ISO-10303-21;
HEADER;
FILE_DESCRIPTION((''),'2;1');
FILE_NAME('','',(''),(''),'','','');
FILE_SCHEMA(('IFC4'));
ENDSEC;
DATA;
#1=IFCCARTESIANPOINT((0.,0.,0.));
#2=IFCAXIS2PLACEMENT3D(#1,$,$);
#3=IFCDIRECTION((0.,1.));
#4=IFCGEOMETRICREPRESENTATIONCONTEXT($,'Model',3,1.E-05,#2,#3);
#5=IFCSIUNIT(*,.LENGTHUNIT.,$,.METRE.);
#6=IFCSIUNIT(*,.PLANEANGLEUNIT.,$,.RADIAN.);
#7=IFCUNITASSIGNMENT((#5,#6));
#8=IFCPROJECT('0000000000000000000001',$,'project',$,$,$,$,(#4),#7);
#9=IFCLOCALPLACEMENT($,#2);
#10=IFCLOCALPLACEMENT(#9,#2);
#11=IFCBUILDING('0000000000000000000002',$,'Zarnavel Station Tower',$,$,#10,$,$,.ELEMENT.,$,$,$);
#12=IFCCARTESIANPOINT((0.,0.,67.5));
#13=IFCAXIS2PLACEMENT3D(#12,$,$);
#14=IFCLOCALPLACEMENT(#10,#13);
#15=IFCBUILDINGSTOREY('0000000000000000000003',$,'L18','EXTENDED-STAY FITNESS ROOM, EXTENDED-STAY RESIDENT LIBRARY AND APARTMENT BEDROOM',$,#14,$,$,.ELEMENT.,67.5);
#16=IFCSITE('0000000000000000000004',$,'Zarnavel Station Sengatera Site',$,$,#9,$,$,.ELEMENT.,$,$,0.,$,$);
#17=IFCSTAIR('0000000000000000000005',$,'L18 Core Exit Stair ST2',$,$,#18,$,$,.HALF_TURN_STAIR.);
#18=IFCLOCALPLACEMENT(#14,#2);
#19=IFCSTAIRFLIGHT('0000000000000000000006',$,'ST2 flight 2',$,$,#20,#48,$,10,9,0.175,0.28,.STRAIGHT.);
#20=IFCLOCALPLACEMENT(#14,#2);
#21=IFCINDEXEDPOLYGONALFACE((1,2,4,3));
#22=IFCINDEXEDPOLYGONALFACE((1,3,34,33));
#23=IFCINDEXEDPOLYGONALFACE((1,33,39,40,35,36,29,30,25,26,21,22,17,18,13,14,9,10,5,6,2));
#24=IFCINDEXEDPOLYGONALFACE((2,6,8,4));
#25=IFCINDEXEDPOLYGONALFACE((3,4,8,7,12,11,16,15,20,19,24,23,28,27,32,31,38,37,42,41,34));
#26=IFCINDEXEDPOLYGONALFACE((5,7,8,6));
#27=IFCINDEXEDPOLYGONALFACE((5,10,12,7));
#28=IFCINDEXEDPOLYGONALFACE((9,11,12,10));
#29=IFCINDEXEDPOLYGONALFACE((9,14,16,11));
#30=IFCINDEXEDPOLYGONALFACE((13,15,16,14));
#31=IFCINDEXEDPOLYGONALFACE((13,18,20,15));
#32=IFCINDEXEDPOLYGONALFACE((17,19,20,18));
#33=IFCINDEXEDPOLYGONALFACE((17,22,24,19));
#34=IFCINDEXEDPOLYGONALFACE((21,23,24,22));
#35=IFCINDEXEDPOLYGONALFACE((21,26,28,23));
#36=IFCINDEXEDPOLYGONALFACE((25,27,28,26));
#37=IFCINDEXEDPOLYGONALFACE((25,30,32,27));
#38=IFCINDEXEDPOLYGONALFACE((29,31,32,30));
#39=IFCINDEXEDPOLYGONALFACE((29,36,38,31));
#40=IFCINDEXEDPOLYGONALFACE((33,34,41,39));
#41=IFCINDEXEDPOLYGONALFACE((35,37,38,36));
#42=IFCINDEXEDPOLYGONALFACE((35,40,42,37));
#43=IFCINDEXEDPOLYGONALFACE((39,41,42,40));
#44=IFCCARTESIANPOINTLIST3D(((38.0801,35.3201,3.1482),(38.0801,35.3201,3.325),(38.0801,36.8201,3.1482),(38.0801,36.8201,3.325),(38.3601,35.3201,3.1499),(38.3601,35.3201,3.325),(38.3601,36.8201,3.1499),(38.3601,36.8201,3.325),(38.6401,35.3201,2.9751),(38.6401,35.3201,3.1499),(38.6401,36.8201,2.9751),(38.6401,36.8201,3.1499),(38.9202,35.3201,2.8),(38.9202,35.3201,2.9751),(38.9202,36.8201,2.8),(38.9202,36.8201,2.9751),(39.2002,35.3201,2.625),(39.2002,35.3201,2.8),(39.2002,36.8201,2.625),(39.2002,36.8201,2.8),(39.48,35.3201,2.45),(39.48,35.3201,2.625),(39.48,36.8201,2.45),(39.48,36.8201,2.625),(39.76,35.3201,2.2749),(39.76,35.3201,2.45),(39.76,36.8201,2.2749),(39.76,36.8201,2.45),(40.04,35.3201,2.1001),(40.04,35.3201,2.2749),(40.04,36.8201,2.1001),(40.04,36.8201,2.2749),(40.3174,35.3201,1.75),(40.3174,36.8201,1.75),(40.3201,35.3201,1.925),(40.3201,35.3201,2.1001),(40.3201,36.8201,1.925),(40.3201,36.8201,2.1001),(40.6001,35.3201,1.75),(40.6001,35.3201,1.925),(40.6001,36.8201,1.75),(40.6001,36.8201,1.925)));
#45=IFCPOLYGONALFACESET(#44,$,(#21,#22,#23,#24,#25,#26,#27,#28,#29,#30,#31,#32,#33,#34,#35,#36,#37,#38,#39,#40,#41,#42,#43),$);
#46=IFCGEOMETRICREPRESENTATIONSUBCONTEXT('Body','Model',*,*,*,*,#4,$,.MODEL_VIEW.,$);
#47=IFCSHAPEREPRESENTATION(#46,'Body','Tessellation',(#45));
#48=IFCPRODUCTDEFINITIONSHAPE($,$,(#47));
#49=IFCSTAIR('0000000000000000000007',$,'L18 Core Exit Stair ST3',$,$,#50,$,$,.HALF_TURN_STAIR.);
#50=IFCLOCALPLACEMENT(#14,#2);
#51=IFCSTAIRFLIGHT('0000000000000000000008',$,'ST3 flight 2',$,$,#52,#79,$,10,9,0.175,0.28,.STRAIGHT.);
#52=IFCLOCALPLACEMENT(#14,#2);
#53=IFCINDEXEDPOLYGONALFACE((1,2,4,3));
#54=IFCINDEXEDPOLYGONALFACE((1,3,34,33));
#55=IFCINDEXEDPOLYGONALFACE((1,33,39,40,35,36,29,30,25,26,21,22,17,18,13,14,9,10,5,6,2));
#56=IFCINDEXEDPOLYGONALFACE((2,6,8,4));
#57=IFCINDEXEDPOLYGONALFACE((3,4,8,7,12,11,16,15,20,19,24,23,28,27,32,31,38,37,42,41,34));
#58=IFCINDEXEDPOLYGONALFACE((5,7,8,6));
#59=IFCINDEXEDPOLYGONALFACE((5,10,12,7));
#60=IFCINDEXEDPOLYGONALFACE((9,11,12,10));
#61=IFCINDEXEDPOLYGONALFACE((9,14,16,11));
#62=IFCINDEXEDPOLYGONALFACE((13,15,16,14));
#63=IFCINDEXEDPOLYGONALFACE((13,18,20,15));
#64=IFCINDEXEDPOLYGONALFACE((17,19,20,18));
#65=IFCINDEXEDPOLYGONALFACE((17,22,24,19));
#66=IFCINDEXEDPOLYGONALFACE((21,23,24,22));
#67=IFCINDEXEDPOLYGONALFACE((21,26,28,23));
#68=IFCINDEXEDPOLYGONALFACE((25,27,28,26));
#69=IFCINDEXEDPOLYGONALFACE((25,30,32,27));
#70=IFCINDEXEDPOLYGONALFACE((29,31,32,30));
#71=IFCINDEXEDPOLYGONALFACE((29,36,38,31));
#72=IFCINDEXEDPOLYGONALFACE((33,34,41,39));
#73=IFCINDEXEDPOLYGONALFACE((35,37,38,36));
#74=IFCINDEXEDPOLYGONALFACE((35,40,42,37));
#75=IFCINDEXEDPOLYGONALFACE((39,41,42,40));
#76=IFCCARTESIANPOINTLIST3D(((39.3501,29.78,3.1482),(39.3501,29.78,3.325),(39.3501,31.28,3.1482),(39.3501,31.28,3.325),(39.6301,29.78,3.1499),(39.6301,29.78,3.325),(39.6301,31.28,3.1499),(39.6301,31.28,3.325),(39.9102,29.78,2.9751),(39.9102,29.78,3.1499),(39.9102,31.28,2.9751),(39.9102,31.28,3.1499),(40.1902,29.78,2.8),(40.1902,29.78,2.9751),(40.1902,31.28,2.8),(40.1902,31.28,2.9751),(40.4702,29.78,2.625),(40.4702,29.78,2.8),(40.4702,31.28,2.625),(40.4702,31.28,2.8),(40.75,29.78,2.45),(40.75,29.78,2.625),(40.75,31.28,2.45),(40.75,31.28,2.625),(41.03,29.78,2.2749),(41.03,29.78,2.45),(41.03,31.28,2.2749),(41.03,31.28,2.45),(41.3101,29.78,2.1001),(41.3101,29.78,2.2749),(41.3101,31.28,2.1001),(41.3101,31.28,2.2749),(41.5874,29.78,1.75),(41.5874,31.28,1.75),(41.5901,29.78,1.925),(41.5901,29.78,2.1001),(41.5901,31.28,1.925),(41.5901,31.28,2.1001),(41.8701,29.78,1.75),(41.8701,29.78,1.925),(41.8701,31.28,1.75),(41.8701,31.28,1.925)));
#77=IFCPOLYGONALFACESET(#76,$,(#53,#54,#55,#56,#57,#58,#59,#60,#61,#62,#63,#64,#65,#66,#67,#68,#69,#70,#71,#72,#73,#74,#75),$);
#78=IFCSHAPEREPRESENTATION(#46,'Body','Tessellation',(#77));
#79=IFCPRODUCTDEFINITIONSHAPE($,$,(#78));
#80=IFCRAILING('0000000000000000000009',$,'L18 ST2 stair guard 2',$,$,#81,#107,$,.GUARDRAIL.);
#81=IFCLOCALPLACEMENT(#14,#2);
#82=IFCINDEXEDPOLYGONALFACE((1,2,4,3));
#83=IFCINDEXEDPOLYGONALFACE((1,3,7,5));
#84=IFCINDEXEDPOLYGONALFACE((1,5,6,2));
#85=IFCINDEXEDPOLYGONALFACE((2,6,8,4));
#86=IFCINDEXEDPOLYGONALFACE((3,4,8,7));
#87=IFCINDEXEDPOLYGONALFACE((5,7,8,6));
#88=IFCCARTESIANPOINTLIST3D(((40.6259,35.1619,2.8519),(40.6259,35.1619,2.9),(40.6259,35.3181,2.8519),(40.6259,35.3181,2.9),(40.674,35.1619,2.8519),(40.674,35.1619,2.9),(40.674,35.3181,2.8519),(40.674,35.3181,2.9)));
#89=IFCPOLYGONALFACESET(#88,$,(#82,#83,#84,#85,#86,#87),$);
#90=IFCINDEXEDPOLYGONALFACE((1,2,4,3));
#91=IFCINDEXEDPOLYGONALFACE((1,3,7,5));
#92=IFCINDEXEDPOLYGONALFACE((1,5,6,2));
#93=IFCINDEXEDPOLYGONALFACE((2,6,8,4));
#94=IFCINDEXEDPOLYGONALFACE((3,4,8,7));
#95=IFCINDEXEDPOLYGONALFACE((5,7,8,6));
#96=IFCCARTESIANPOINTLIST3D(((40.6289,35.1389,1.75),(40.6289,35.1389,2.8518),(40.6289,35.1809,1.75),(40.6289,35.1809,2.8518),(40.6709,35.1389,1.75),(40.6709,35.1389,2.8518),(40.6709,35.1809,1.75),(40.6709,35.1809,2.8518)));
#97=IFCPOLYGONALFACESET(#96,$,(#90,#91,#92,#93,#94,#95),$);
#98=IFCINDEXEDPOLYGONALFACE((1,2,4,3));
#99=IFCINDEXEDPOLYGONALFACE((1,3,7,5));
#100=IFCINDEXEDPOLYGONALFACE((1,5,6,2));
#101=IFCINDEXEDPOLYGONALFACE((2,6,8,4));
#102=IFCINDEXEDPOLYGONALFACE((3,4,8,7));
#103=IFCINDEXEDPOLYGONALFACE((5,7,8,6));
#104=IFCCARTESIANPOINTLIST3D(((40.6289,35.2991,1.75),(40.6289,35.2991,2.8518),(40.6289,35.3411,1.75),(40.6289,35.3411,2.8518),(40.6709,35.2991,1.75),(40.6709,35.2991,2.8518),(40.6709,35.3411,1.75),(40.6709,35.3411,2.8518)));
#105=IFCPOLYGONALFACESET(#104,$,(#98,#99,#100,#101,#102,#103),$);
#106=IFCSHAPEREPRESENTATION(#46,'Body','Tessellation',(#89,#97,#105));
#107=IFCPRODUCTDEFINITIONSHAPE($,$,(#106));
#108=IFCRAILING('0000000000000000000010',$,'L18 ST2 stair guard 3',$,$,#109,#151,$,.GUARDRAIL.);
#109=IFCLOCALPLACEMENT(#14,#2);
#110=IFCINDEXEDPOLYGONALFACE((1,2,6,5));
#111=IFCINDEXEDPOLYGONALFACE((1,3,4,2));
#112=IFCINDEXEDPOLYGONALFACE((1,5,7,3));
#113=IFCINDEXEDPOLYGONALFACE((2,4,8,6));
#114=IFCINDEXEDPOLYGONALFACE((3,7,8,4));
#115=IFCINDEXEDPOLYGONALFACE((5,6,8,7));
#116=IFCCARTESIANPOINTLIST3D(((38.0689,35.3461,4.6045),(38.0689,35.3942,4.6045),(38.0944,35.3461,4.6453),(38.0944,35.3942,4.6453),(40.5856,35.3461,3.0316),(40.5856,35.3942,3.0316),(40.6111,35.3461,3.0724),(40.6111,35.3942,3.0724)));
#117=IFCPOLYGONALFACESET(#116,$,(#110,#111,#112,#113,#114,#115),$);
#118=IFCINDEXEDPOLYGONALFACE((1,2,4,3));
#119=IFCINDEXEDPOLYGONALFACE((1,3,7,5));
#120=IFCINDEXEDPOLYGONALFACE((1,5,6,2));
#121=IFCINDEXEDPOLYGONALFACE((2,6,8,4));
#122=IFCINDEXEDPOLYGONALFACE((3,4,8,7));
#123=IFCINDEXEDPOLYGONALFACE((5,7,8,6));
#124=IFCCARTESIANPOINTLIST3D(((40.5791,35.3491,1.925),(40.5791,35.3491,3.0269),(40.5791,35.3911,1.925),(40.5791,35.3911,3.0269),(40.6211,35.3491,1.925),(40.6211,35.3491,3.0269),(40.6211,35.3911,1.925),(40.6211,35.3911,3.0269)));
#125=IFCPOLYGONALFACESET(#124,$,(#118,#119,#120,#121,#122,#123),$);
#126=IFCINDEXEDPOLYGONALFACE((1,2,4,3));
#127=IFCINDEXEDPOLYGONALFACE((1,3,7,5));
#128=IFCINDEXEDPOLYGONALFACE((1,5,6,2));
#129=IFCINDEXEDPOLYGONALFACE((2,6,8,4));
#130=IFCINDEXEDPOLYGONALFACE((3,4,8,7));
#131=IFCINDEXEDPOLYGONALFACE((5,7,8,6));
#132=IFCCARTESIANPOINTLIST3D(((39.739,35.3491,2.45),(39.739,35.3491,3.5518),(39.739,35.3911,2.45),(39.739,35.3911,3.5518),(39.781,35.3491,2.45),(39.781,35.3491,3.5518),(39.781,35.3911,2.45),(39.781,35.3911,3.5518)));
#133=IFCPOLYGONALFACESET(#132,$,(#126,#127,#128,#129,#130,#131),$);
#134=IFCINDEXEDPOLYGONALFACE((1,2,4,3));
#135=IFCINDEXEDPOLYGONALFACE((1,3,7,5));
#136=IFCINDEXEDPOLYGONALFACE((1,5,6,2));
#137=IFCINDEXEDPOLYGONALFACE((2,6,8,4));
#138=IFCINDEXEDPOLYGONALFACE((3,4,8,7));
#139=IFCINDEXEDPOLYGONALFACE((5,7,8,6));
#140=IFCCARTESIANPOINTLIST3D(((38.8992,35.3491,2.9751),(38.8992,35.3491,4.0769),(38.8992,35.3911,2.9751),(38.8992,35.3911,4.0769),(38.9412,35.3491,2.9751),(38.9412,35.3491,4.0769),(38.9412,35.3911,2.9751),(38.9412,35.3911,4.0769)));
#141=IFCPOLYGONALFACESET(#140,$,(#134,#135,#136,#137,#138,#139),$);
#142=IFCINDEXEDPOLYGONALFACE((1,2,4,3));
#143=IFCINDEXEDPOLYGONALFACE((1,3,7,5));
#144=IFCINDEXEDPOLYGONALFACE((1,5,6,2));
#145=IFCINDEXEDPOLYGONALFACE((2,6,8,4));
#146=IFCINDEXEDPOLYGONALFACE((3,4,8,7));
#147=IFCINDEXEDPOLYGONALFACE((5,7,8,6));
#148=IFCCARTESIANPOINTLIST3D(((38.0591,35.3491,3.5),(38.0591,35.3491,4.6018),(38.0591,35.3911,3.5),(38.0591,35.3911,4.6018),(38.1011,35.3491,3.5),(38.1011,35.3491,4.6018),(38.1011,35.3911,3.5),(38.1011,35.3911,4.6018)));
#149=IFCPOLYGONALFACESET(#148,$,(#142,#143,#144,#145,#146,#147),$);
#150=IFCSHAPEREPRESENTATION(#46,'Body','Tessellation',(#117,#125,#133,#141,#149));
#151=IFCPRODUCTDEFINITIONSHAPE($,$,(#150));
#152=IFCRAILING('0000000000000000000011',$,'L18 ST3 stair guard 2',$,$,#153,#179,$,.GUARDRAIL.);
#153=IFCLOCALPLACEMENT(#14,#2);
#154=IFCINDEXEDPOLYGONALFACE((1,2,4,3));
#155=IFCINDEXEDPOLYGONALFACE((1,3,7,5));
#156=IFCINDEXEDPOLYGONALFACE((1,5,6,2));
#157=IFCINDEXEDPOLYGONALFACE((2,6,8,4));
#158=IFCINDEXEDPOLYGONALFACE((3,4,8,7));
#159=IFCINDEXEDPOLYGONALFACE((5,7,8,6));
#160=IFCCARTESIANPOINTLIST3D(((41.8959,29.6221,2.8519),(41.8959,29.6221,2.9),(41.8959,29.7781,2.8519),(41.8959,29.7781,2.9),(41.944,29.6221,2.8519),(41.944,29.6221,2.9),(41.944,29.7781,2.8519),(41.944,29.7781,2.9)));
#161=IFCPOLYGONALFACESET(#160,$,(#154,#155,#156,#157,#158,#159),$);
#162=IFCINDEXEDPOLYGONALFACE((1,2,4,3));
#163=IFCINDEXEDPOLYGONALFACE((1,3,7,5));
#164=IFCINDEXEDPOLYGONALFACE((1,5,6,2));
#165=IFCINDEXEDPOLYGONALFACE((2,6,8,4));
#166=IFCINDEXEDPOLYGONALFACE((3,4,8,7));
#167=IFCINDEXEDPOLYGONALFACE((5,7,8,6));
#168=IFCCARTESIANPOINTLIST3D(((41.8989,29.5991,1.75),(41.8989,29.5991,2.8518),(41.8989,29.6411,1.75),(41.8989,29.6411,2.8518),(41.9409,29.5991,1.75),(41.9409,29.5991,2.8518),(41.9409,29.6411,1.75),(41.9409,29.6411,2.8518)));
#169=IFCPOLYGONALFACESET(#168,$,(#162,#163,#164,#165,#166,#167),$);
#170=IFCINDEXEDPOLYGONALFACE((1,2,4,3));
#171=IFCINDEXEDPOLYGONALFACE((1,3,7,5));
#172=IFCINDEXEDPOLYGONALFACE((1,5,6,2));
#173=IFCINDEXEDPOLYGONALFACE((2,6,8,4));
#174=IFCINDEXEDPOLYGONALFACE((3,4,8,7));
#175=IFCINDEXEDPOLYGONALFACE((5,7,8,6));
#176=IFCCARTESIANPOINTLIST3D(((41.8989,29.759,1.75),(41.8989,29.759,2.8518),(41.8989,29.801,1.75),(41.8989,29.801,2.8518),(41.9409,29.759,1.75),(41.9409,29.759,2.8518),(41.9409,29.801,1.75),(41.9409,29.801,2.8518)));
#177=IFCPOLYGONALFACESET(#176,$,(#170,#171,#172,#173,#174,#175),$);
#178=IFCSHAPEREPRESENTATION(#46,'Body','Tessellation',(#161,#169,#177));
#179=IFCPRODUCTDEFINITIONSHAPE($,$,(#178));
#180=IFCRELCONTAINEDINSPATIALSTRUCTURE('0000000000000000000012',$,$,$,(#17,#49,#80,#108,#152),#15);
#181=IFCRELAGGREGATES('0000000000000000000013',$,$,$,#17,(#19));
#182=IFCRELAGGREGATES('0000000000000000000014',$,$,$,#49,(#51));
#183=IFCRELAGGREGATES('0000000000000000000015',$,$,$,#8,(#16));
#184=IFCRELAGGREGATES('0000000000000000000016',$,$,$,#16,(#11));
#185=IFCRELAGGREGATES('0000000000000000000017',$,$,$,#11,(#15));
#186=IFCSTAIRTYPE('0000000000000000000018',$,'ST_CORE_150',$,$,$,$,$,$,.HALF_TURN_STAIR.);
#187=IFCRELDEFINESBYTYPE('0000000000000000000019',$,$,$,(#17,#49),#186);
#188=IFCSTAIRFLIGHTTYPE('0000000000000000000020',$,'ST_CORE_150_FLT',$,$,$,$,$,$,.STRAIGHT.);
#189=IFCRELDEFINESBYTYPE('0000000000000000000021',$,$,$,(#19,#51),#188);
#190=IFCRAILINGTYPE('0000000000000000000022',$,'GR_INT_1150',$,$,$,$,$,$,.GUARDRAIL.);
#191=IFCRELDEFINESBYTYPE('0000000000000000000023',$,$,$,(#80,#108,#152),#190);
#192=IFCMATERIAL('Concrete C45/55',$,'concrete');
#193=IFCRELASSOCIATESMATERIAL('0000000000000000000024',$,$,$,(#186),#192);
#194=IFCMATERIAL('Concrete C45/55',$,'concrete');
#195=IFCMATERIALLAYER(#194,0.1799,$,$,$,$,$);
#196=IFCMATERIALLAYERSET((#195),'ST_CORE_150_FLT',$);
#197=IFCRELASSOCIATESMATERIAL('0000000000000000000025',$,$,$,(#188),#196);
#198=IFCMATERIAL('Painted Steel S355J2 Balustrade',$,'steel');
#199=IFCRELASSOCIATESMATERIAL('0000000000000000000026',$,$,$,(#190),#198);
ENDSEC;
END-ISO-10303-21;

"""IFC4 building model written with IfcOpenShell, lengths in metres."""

from ifc_helpers import new_model, si_unit, direction, frame, origin, origin_2d, place, context, subcontext, project, spatial, polyline, rectangle, outline, extrude, material, layer, layer_set, type_object, element, aggregate, save


model = new_model("IFC4")

# Units and contexts
model_context = context("Model", 3, precision=1e-05, world=origin(), true_north=direction((0.0, 1.0)))
body_context = subcontext(model_context, "Body", "Model", "MODEL_VIEW")
ifc_project = project(units=[si_unit("LENGTHUNIT", "METRE"), si_unit("PLANEANGLEUNIT", "RADIAN")], contexts=[model_context])

# Site, building, storey
site_placement = place(None, origin())
site = spatial("IfcSite", under=ifc_project, at=site_placement, Name="Zarnavel Station Sengatera Site", CompositionType="ELEMENT", RefElevation=0.0)
building_placement = place(site_placement, origin())
building = spatial("IfcBuilding", under=site, at=building_placement, Name="Zarnavel Station Tower", CompositionType="ELEMENT")
storey_placement = place(building_placement, frame((0.0, 0.0, 67.5)))
storey = spatial("IfcBuildingStorey", under=building, at=storey_placement, Name="L18", Description="EXTENDED-STAY FITNESS ROOM, EXTENDED-STAY RESIDENT LIBRARY AND APARTMENT BEDROOM", CompositionType="ELEMENT", Elevation=67.5)

# Stairs, stair flights
ifc_material_1 = material(Name="Concrete C45/55", Category="concrete")
stair_type = type_object("IfcStairType", Name="ST_CORE_150", PredefinedType="HALF_TURN_STAIR", material=ifc_material_1)
stair_1_placement = place(storey_placement, origin())
stair_1 = element("IfcStair", 1, at=stair_1_placement, inside=storey, type_object=stair_type, Name="L18 Core Exit Stair ST2", PredefinedType="HALF_TURN_STAIR")
ifc_material_2 = material(Name="Concrete C45/55", Category="concrete")
ifc_layer_1 = layer(ifc_material_2, 0.1799)
ifc_layer_set_1 = layer_set([ifc_layer_1], Name="ST_CORE_150_FLT")
stair_flight_type = type_object("IfcStairFlightType", Name="ST_CORE_150_FLT", PredefinedType="STRAIGHT", material=ifc_layer_set_1)
stair_flight_1_placement = place(storey_placement, frame((40.6001, 36.0701, 1.75), z_axis=(0.0, 0.0, 1.0), x_axis=(-1.0, 0.0, 0.0)))
stair_flight_1 = element("IfcStairFlight", 2, at=stair_flight_1_placement, type_object=stair_flight_type, Name="ST2 flight 2", NumberOfRisers=10, NumberOfTreads=9, PredefinedType="STRAIGHT", RiserHeight=0.175, TreadLength=0.28, context=body_context, shape_type="SweptSolid", body=[
    extrude(outline(polyline([(0.0, 0.0), (0.0, 0.175), (0.28, 0.175), (0.28, 0.3501), (0.5601, 0.3501), (0.5601, 0.5249), (0.8401, 0.5249), (0.8401, 0.7), (1.1201, 0.7), (1.1201, 0.875), (1.3999, 0.875), (1.3999, 1.05), (1.6799, 1.05), (1.6799, 1.2251), (1.96, 1.2251), (1.96, 1.3999), (2.24, 1.3999), (2.24, 1.575), (2.52, 1.575), (2.52, 1.75), (2.52, 1.3982), (0.2827, 0.0), (0.0, 0.0)])), frame((0.0, 0.75, 0.0), z_axis=(0.0, -1.0, 0.0), x_axis=(1.0, 0.0, 0.0)), (0.0, 0.0, 1.0), 1.5),
])
aggregate(stair_1, [stair_flight_1])
stair_2_placement = place(storey_placement, origin())
stair_2 = element("IfcStair", 3, at=stair_2_placement, inside=storey, type_object=stair_type, Name="L18 Core Exit Stair ST3", PredefinedType="HALF_TURN_STAIR")
stair_flight_2_placement = place(storey_placement, frame((41.8701, 30.53, 1.75), z_axis=(0.0, 0.0, 1.0), x_axis=(-1.0, 0.0, 0.0)))
stair_flight_2 = element("IfcStairFlight", 4, at=stair_flight_2_placement, type_object=stair_flight_type, Name="ST3 flight 2", NumberOfRisers=10, NumberOfTreads=9, PredefinedType="STRAIGHT", RiserHeight=0.175, TreadLength=0.28, context=body_context, shape_type="SweptSolid", body=[
    extrude(outline(polyline([(0.0, 0.0), (0.0, 0.175), (0.28, 0.175), (0.28, 0.3501), (0.5601, 0.3501), (0.5601, 0.5249), (0.8401, 0.5249), (0.8401, 0.7), (1.1201, 0.7), (1.1201, 0.875), (1.3999, 0.875), (1.3999, 1.05), (1.6799, 1.05), (1.6799, 1.2251), (1.96, 1.2251), (1.96, 1.3999), (2.24, 1.3999), (2.24, 1.575), (2.52, 1.575), (2.52, 1.75), (2.52, 1.3982), (0.2827, 0.0), (0.0, 0.0)])), frame((0.0, 0.75, 0.0), z_axis=(0.0, -1.0, 0.0), x_axis=(1.0, 0.0, 0.0)), (0.0, 0.0, 1.0), 1.5),
])
aggregate(stair_2, [stair_flight_2])

# Railings
ifc_material_3 = material(Name="Painted Steel S355J2 Balustrade", Category="steel")
railing_type_1 = type_object("IfcRailingType", Name="GR_INT_1150", PredefinedType="GUARDRAIL", material=ifc_material_3)
railing_1_placement = place(storey_placement, frame((40.6499, 35.1599, 1.75)))
element("IfcRailing", 5, at=railing_1_placement, inside=storey, type_object=railing_type_1, Name="L18 ST2 stair guard 2", PredefinedType="GUARDRAIL", context=body_context, shape_type="SweptSolid", body=[
    extrude(rectangle(XDim=0.0481, YDim=0.0481, at=origin_2d()), frame((0.0, 0.002, 1.126), z_axis=(0.0, 1.0, 0.0), x_axis=(-1.0, 0.0, 0.0)), (0.0, 0.0, 1.0), 0.1562),
    extrude(rectangle(XDim=0.042, YDim=0.042, at=origin_2d()), origin(), (0.0, 0.0, 1.0), 1.1018),
    extrude(rectangle(XDim=0.042, YDim=0.042, at=origin_2d()), frame((0.0, 0.1602, 0.0)), (0.0, 0.0, 1.0), 1.1018),
])
railing_2_placement = place(storey_placement, frame((40.6001, 35.3701, 1.925)))
element("IfcRailing", 6, at=railing_2_placement, inside=storey, type_object=railing_type_1, Name="L18 ST2 stair guard 3", PredefinedType="GUARDRAIL", context=body_context, shape_type="SweptSolid", body=[
    extrude(rectangle(XDim=0.0481, YDim=0.0481, at=origin_2d()), frame((-0.0017, 0.0, 1.127), z_axis=(-0.848008, 0.0, 0.529984), x_axis=(0.0, -1.0, 0.0)), (0.0, 0.0, 1.0), 2.9678),
    extrude(rectangle(XDim=0.042, YDim=0.042, at=origin_2d()), origin(), (0.0, 0.0, 1.0), 1.1018),
    extrude(rectangle(XDim=0.042, YDim=0.042, at=origin_2d()), frame((-0.8401, 0.0, 0.5249)), (0.0, 0.0, 1.0), 1.1018),
    extrude(rectangle(XDim=0.042, YDim=0.042, at=origin_2d()), frame((-1.6799, 0.0, 1.05)), (0.0, 0.0, 1.0), 1.1018),
    extrude(rectangle(XDim=0.042, YDim=0.042, at=origin_2d()), frame((-2.52, 0.0, 1.575)), (0.0, 0.0, 1.0), 1.1018),
])
railing_3_placement = place(storey_placement, frame((41.9199, 29.6201, 1.75)))
element("IfcRailing", 7, at=railing_3_placement, inside=storey, type_object=railing_type_1, Name="L18 ST3 stair guard 2", PredefinedType="GUARDRAIL", context=body_context, shape_type="SweptSolid", body=[
    extrude(rectangle(XDim=0.0481, YDim=0.0481, at=origin_2d()), frame((0.0, 0.002, 1.126), z_axis=(0.0, 1.0, 0.0), x_axis=(-1.0, 0.0, 0.0)), (0.0, 0.0, 1.0), 0.156),
    extrude(rectangle(XDim=0.042, YDim=0.042, at=origin_2d()), origin(), (0.0, 0.0, 1.0), 1.1018),
    extrude(rectangle(XDim=0.042, YDim=0.042, at=origin_2d()), frame((0.0, 0.1599, 0.0)), (0.0, 0.0, 1.0), 1.1018),
])

save(model, "model.ifc")
